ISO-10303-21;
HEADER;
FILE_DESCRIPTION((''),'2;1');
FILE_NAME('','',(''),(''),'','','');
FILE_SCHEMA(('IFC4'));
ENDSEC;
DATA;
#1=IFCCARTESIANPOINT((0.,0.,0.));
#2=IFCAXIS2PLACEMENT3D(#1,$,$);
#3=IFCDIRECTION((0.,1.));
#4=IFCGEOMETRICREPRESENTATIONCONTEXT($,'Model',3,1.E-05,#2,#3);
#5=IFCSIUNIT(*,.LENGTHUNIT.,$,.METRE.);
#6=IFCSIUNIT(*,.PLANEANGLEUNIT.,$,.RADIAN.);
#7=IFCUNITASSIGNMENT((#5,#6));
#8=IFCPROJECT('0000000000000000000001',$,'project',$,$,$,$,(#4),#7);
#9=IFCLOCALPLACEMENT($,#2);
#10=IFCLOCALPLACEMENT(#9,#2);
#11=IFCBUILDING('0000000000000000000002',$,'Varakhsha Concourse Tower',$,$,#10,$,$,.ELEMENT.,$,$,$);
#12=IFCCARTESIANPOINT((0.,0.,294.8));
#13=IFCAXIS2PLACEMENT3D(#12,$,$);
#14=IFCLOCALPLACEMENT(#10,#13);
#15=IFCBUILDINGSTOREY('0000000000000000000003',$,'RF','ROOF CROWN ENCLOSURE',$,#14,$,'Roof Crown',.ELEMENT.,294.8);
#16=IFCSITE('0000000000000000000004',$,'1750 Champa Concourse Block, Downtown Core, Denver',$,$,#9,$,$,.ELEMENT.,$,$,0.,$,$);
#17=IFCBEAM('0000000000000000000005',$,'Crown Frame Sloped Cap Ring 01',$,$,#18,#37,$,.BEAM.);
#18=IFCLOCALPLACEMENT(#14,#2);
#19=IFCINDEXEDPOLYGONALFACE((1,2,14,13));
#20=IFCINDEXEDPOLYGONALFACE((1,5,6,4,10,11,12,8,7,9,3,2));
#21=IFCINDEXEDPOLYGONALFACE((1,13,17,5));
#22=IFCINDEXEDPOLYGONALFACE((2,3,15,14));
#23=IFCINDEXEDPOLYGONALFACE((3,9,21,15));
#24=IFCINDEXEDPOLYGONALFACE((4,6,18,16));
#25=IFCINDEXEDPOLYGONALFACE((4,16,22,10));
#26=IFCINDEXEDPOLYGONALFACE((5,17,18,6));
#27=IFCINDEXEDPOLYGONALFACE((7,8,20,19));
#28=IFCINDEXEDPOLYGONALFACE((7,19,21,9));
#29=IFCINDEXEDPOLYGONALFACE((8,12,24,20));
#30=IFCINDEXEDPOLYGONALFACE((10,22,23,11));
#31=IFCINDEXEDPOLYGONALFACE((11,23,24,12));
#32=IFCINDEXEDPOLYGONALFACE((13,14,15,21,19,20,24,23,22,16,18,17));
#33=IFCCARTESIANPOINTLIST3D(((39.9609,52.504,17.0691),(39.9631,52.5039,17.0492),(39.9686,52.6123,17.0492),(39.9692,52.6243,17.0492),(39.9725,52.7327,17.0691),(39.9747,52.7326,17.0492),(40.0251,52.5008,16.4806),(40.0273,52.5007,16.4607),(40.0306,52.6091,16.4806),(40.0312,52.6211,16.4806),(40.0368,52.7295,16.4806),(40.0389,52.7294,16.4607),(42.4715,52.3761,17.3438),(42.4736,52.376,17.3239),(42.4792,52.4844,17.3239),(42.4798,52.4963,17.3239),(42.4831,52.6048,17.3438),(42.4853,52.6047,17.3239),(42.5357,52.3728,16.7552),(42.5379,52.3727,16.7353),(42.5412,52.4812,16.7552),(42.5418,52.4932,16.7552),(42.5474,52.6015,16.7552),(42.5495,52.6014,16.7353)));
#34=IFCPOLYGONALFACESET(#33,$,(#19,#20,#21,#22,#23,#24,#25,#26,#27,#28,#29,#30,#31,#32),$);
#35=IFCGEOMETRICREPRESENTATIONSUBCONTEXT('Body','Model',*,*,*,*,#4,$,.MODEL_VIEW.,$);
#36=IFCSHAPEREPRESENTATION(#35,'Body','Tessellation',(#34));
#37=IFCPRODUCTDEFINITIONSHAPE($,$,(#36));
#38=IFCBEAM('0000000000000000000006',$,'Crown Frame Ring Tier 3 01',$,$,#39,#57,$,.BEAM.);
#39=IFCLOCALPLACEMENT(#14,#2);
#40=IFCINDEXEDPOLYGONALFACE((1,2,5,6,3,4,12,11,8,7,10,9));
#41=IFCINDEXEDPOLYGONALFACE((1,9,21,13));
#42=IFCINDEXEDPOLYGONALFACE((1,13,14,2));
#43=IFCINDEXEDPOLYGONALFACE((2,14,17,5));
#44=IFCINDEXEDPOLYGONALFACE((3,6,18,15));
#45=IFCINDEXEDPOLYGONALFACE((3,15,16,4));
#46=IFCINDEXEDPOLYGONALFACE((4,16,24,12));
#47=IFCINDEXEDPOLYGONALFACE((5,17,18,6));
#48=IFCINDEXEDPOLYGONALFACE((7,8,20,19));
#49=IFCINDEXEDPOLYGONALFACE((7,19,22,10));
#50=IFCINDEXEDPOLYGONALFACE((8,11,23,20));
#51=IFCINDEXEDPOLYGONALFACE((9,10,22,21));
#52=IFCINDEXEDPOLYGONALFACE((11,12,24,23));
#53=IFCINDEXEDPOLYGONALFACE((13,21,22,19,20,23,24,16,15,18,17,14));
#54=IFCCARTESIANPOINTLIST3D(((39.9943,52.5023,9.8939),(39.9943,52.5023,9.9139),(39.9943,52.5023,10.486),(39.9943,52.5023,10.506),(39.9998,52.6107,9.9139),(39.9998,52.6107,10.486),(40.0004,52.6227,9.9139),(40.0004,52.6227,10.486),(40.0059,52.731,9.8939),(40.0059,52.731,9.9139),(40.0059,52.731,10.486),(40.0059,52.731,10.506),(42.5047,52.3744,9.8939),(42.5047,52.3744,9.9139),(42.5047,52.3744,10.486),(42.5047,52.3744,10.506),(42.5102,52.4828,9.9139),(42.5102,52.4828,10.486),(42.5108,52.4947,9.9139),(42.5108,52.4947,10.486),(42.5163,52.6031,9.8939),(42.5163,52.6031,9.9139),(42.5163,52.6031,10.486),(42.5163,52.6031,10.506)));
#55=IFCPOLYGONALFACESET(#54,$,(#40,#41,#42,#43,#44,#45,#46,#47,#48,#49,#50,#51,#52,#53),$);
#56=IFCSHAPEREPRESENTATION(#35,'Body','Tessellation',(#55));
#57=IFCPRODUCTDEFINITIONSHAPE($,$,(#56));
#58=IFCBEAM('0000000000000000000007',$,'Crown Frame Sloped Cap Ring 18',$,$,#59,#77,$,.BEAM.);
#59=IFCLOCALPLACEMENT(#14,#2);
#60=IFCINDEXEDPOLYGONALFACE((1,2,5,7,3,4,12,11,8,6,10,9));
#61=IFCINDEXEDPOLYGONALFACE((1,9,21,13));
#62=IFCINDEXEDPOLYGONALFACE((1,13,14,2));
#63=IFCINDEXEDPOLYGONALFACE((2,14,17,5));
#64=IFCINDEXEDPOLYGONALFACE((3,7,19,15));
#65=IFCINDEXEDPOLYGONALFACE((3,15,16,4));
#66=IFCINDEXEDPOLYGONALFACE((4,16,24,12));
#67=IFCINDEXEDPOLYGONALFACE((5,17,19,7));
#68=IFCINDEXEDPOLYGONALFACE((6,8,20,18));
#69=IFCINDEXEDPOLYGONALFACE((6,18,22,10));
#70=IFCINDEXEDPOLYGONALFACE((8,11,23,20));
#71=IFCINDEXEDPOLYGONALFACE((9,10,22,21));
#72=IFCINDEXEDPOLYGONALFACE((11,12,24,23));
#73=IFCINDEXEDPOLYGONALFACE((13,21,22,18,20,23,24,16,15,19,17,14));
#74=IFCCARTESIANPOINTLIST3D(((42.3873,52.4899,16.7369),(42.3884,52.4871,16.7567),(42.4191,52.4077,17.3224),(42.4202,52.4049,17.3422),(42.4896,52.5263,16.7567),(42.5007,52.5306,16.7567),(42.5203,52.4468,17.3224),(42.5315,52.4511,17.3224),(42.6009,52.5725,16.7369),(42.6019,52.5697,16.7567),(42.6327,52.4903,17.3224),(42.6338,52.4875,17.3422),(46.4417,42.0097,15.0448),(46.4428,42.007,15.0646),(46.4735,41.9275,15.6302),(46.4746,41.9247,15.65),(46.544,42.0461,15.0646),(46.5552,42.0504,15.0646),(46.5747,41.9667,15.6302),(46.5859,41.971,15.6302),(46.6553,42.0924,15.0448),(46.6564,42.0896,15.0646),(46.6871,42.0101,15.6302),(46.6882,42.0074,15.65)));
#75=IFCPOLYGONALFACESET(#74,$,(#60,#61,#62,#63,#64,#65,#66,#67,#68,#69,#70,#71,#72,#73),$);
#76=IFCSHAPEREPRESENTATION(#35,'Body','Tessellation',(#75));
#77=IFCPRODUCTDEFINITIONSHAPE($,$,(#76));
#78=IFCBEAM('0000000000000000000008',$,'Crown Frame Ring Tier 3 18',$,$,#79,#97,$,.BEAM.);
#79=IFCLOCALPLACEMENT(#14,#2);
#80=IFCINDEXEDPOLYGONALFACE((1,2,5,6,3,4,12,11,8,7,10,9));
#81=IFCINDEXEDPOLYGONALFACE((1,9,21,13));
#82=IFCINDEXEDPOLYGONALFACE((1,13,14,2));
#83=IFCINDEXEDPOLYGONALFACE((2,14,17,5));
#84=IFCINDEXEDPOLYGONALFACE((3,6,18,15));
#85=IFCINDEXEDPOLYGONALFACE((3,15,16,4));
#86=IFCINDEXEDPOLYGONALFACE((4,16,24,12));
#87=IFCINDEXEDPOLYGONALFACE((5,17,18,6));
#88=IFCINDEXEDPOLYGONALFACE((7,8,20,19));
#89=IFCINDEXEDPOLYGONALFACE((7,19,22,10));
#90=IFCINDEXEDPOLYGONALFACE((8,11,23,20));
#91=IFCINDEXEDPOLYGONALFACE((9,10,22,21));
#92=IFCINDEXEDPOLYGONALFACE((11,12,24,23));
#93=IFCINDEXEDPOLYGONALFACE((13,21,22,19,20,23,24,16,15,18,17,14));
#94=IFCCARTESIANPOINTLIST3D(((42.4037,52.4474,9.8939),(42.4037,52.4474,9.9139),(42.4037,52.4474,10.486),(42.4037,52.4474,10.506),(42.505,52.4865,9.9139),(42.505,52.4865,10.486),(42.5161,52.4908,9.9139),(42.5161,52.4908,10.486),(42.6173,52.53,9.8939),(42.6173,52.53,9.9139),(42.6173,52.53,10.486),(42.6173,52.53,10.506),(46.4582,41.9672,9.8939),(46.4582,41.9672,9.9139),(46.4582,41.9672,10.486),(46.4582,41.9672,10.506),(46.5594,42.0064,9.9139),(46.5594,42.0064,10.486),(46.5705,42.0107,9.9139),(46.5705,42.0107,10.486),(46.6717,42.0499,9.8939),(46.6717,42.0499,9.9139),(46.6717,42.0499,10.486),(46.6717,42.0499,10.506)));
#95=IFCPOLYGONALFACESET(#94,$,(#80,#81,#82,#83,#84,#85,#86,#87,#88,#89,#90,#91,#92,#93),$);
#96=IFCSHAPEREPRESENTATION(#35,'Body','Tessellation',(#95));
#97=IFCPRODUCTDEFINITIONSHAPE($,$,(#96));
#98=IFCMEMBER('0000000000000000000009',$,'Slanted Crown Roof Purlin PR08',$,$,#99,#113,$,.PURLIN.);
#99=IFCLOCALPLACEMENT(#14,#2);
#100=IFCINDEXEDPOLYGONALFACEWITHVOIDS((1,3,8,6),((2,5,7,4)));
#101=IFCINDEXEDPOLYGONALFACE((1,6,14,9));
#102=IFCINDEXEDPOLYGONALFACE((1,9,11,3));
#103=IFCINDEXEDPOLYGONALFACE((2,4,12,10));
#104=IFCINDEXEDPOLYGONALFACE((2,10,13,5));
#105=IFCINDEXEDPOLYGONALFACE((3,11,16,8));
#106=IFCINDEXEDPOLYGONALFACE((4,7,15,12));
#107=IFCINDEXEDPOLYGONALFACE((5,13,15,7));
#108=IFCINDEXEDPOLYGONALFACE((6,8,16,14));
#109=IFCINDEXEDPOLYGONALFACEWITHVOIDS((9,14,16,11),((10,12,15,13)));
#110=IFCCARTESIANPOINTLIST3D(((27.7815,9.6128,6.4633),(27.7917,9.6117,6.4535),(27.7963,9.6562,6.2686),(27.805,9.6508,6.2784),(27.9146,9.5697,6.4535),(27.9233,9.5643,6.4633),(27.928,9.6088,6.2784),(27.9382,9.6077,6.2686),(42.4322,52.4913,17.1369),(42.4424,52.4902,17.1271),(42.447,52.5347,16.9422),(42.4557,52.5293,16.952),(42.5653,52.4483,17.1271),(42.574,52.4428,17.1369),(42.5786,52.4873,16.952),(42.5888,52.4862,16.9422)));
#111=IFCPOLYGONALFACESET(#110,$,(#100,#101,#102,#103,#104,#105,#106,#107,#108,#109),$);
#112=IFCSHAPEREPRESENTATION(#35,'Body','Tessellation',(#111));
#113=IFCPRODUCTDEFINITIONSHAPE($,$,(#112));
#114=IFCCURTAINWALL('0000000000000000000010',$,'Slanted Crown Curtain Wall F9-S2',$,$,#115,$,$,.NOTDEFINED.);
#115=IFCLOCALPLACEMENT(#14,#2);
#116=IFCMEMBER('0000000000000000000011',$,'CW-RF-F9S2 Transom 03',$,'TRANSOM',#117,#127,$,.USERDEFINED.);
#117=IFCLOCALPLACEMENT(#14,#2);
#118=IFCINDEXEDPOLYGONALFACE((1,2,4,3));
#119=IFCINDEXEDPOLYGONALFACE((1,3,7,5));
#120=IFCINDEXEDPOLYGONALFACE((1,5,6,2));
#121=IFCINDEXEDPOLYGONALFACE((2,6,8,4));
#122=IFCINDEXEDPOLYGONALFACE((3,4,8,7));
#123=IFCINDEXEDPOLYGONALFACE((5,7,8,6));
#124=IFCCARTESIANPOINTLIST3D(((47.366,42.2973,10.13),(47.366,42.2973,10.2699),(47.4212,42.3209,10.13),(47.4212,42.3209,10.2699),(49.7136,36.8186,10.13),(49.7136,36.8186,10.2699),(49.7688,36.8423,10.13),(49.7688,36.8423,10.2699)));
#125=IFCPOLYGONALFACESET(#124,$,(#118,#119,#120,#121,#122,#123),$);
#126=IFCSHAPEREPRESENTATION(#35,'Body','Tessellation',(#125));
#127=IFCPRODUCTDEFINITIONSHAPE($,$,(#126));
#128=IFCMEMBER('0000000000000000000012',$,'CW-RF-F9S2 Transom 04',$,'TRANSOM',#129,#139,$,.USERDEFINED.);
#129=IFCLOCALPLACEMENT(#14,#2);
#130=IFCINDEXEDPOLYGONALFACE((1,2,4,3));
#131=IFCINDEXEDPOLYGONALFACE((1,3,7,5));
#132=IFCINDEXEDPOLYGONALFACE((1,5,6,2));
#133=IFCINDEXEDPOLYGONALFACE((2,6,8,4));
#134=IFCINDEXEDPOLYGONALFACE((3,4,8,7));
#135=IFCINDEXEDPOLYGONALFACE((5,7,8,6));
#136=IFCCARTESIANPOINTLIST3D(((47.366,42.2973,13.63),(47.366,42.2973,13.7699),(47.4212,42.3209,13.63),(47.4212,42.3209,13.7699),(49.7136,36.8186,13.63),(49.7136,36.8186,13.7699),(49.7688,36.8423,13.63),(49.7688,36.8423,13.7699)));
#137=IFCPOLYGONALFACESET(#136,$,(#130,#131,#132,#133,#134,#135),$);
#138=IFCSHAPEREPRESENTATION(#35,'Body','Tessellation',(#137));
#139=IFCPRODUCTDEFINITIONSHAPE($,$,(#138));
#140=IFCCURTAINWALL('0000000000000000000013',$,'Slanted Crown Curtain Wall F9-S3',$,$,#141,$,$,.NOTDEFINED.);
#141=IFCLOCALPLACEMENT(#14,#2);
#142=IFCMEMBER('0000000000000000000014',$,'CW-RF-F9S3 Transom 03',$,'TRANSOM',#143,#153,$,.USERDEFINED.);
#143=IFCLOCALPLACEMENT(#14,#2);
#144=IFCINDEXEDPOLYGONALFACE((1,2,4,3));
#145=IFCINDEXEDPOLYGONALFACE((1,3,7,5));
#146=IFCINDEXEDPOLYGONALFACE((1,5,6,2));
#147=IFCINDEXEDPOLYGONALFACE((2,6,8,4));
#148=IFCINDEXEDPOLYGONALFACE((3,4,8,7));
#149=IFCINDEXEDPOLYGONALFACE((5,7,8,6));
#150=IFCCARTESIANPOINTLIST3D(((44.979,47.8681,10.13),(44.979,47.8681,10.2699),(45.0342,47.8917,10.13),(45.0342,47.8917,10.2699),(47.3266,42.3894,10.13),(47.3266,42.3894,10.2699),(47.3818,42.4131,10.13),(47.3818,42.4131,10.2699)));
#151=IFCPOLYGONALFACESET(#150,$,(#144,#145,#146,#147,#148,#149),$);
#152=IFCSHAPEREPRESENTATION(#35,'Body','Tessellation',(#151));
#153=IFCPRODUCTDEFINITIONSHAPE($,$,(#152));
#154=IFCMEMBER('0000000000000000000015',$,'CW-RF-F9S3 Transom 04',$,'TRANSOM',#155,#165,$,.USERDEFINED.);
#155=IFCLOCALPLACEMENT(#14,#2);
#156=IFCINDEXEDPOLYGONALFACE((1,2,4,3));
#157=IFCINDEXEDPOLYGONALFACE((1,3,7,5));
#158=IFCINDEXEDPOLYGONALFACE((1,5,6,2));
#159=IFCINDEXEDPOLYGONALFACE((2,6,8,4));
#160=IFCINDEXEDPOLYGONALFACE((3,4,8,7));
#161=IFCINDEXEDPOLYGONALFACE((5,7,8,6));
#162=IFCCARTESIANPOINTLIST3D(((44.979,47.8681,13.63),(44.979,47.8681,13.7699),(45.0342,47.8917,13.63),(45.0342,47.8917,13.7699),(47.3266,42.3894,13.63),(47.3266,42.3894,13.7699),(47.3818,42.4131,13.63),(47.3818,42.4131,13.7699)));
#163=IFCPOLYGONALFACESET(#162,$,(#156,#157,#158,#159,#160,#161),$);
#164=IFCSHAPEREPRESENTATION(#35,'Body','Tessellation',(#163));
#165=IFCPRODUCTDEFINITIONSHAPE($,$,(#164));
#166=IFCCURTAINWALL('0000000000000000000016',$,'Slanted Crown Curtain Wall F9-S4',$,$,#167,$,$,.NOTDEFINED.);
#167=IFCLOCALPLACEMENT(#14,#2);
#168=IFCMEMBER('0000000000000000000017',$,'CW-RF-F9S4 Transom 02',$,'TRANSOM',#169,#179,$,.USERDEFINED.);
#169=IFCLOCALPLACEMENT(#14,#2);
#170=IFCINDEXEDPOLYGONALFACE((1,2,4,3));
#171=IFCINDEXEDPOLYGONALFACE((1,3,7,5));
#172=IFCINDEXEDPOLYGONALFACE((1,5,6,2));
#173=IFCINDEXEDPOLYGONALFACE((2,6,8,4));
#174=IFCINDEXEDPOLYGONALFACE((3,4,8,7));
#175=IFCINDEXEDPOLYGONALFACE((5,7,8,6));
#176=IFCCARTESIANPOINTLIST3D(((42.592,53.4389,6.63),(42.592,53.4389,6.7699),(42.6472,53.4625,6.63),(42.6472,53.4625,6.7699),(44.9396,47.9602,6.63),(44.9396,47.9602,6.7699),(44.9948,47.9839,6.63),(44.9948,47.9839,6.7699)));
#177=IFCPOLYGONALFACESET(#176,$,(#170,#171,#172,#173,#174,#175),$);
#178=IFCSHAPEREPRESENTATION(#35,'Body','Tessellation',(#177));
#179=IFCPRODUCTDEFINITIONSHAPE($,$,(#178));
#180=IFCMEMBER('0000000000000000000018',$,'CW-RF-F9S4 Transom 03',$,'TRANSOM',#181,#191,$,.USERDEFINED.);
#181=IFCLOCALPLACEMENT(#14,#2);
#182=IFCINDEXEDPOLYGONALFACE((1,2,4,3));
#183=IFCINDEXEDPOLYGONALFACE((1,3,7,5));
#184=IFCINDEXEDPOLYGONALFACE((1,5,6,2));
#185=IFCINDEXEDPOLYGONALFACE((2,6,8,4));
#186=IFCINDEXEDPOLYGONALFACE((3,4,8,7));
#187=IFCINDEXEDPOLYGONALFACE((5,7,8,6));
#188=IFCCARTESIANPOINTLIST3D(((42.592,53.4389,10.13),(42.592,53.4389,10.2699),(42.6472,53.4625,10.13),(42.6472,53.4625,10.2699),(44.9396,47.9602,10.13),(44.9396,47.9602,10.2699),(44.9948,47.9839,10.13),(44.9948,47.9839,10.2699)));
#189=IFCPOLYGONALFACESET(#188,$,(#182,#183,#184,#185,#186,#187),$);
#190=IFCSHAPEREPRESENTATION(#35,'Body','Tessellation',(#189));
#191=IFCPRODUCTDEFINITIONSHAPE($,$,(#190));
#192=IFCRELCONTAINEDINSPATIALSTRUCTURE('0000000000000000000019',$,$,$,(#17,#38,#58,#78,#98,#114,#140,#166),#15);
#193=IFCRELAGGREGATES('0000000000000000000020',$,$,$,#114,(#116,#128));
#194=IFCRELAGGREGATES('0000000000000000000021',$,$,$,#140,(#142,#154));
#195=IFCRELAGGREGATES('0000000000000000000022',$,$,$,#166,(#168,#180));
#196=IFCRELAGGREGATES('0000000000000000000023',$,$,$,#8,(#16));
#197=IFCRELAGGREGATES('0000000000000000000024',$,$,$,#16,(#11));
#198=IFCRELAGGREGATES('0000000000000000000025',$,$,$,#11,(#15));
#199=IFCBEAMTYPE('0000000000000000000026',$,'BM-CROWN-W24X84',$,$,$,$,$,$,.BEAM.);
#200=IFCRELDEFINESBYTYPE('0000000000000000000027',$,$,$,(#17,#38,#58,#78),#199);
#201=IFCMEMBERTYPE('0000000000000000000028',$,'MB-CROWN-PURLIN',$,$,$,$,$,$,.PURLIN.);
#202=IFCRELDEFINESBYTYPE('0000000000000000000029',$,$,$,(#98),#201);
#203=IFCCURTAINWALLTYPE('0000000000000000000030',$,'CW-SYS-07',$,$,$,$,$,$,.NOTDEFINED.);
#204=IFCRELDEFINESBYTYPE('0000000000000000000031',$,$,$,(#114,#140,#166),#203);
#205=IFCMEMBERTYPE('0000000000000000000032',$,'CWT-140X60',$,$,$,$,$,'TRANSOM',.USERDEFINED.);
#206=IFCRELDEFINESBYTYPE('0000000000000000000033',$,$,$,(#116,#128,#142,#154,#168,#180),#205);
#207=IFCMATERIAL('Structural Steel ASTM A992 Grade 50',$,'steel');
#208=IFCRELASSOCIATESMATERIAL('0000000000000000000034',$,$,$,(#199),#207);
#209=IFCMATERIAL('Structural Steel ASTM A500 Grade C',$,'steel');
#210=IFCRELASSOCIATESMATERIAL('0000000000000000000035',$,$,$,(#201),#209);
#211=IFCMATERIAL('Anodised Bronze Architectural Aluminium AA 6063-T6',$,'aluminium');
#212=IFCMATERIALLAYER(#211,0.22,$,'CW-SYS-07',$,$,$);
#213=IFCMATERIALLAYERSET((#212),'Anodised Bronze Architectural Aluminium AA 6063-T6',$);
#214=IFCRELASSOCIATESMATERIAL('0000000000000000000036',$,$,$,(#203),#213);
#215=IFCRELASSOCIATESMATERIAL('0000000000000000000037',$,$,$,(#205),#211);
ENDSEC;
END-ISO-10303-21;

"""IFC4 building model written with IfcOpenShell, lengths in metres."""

from ifc_helpers import new_model, si_unit, direction, frame, origin, origin_2d, place, context, subcontext, project, spatial, rectangle, hollow_rectangle, i_section, extrude, source, transform, mapped, material, layer, layer_set, material_profile, profile_set, type_object, type_shapes, element, aggregate, save


model = new_model("IFC4")

# Units and contexts
model_context = context("Model", 3, precision=1e-05, world=origin(), true_north=direction((0.0, 1.0)))
body_context = subcontext(model_context, "Body", "Model", "MODEL_VIEW")
ifc_project = project(units=[si_unit("LENGTHUNIT", "METRE"), si_unit("PLANEANGLEUNIT", "RADIAN")], contexts=[model_context])

# Site, building, storey
site_placement = place(None, origin())
site = spatial("IfcSite", under=ifc_project, at=site_placement, Name="1750 Champa Concourse Block, Downtown Core, Denver", CompositionType="ELEMENT", RefElevation=0.0)
building_placement = place(site_placement, origin())
building = spatial("IfcBuilding", under=site, at=building_placement, Name="Varakhsha Concourse Tower", CompositionType="ELEMENT")
storey_placement = place(building_placement, frame((0.0, 0.0, 294.8)))
storey = spatial("IfcBuildingStorey", under=building, at=storey_placement, Name="RF", Description="ROOF CROWN ENCLOSURE", LongName="Roof Crown", CompositionType="ELEMENT", Elevation=294.8)

# Beams
ifc_material_1 = material(Name="Structural Steel ASTM A992 Grade 50", Category="steel")
ifc_material_profile_1 = material_profile(ifc_material_1, i_section(OverallWidth=0.229, OverallDepth=0.6121, WebThickness=0.012, FlangeThickness=0.02, at=origin_2d()), Name="W24X84")
ifc_profile_set_1 = profile_set([ifc_material_profile_1], Name="Structural Steel ASTM A992 Grade 50")
beam_type = type_object("IfcBeamType", Name="BM-CROWN-W24X84", PredefinedType="BEAM", material=ifc_profile_set_1)
beam_1_placement = place(storey_placement, frame((42.5105, 52.4888, 17.0396), z_axis=(-0.992796, 0.050591, -0.108616), x_axis=(-0.050892, -0.998704, 0.0)))
element("IfcBeam", 1, at=beam_1_placement, inside=storey, type_object=beam_type, Name="Crown Frame Sloped Cap Ring 01", PredefinedType="BEAM", context=body_context, shape_type="SweptSolid", body=[
    extrude(i_section(OverallWidth=0.229, OverallDepth=0.6121, WebThickness=0.012, FlangeThickness=0.02, at=origin_2d()), origin(), (0.0, 0.0, 1.0), 2.5288),
])
beam_2_placement = place(storey_placement, frame((42.5105, 52.4888, 10.2), z_axis=(-0.998704, 0.050892, 0.0), x_axis=(-0.050892, -0.998704, 0.0)))
element("IfcBeam", 2, at=beam_2_placement, inside=storey, type_object=beam_type, Name="Crown Frame Ring Tier 3 01", PredefinedType="BEAM", context=body_context, shape_type="SweptSolid", body=[
    extrude(i_section(OverallWidth=0.229, OverallDepth=0.6121, WebThickness=0.012, FlangeThickness=0.02, at=origin_2d()), origin(), (0.0, 0.0, 1.0), 2.5137),
])
beam_3_placement = place(storey_placement, frame((46.5649, 42.0085, 15.3474), z_axis=(-0.356784, 0.922243, 0.148905), x_axis=(-0.932641, -0.360807, 0.0)))
element("IfcBeam", 3, at=beam_3_placement, inside=storey, type_object=beam_type, Name="Crown Frame Sloped Cap Ring 18", PredefinedType="BEAM", context=body_context, shape_type="SweptSolid", body=[
    extrude(i_section(OverallWidth=0.229, OverallDepth=0.6121, WebThickness=0.012, FlangeThickness=0.02, at=origin_2d()), origin(), (0.0, 0.0, 1.0), 11.3638),
])
beam_4_placement = place(storey_placement, frame((46.5649, 42.0085, 10.2), z_axis=(-0.360807, 0.932641, 0.0), x_axis=(-0.932641, -0.360807, 0.0)))
element("IfcBeam", 4, at=beam_4_placement, inside=storey, type_object=beam_type, Name="Crown Frame Ring Tier 3 18", PredefinedType="BEAM", context=body_context, shape_type="SweptSolid", body=[
    extrude(i_section(OverallWidth=0.229, OverallDepth=0.6121, WebThickness=0.012, FlangeThickness=0.02, at=origin_2d()), origin(), (0.0, 0.0, 1.0), 11.2371),
])

# Member
ifc_material_2 = material(Name="Structural Steel ASTM A500 Grade C", Category="steel")
ifc_material_profile_2 = material_profile(ifc_material_2, hollow_rectangle(XDim=0.1499, YDim=0.2, WallThickness=0.01, at=origin_2d()), Name="HSS 200x150x10")
ifc_profile_set_2 = profile_set([ifc_material_profile_2], Name="Structural Steel ASTM A500 Grade C")
member_type_1 = type_object("IfcMemberType", Name="MB-CROWN-PURLIN", PredefinedType="PURLIN", material=ifc_profile_set_2)
shared_shape_1 = source(origin(), body_context, "Body", "SweptSolid", [
    extrude(hollow_rectangle(XDim=0.1499, YDim=0.2, WallThickness=0.01, at=origin_2d()), origin(), (0.0, 0.0, 1.0), 46.5525),
])
type_shapes(member_type_1, [shared_shape_1])
member_1_placement = place(storey_placement, frame((42.5105, 52.4888, 17.0396), z_axis=(-0.314713, -0.921079, -0.229281), x_axis=(0.946288, -0.323326, 0.0)))
element("IfcMember", 5, at=member_1_placement, inside=storey, type_object=member_type_1, Name="Slanted Crown Roof Purlin PR08", PredefinedType="PURLIN", context=body_context, shape_type="MappedRepresentation", body=[
    mapped(shared_shape_1, transform((0.0, 0.0, 0.0), scale=1.0)),
])

# Curtain walls, members
ifc_material_3 = material(Name="Anodised Bronze Architectural Aluminium AA 6063-T6", Category="aluminium")
ifc_layer_1 = layer(ifc_material_3, 0.22, Name="CW-SYS-07")
ifc_layer_set_1 = layer_set([ifc_layer_1], Name="Anodised Bronze Architectural Aluminium AA 6063-T6")
curtain_wall_type = type_object("IfcCurtainWallType", Name="CW-SYS-07", PredefinedType="NOTDEFINED", material=ifc_layer_set_1)
curtain_wall_1_placement = place(storey_placement, origin())
curtain_wall_1 = element("IfcCurtainWall", 6, at=curtain_wall_1_placement, inside=storey, type_object=curtain_wall_type, Name="Slanted Crown Curtain Wall F9-S2", PredefinedType="NOTDEFINED")
ifc_material_profile_3 = material_profile(ifc_material_3, rectangle(XDim=0.0601, YDim=0.1399, at=origin_2d()), Name="CWT-140X60")
ifc_profile_set_3 = profile_set([ifc_material_profile_3], Name="Anodised Bronze Architectural Aluminium AA 6063-T6")
member_type_2 = type_object("IfcMemberType", Name="CWT-140X60", ElementType="TRANSOM", PredefinedType="USERDEFINED", material=ifc_profile_set_3)
shared_shape_2 = source(origin(), body_context, "Body", "SweptSolid", [
    extrude(rectangle(XDim=0.0601, YDim=0.1399, at=origin_2d()), origin(), (0.0, 0.0, 1.0), 5.9604),
])
type_shapes(member_type_2, [shared_shape_2])
member_2_placement = place(storey_placement, frame((47.3936, 42.3091, 10.2), z_axis=(0.393865, -0.919168, 0.0), x_axis=(0.919168, 0.393865, 0.0)))
member_2 = element("IfcMember", 7, at=member_2_placement, type_object=member_type_2, Name="CW-RF-F9S2 Transom 03", ObjectType="TRANSOM", PredefinedType="USERDEFINED", context=body_context, shape_type="MappedRepresentation", body=[
    mapped(shared_shape_2, transform((0.0, 0.0, 0.0), scale=1.0)),
])
member_3_placement = place(storey_placement, frame((47.3936, 42.3091, 13.7), z_axis=(0.393865, -0.919168, 0.0), x_axis=(0.919168, 0.393865, 0.0)))
member_3 = element("IfcMember", 8, at=member_3_placement, type_object=member_type_2, Name="CW-RF-F9S2 Transom 04", ObjectType="TRANSOM", PredefinedType="USERDEFINED", context=body_context, shape_type="MappedRepresentation", body=[
    mapped(shared_shape_2, transform((0.0, 0.0, 0.0), scale=1.0)),
])
aggregate(curtain_wall_1, [member_2, member_3])
curtain_wall_2_placement = place(storey_placement, origin())
curtain_wall_2 = element("IfcCurtainWall", 9, at=curtain_wall_2_placement, inside=storey, type_object=curtain_wall_type, Name="Slanted Crown Curtain Wall F9-S3", PredefinedType="NOTDEFINED")
member_4_placement = place(storey_placement, frame((45.0066, 47.8799, 10.2), z_axis=(0.393865, -0.919168, 0.0), x_axis=(0.919168, 0.393865, 0.0)))
member_4 = element("IfcMember", 10, at=member_4_placement, type_object=member_type_2, Name="CW-RF-F9S3 Transom 03", ObjectType="TRANSOM", PredefinedType="USERDEFINED", context=body_context, shape_type="MappedRepresentation", body=[
    mapped(shared_shape_2, transform((0.0, 0.0, 0.0), scale=1.0)),
])
member_5_placement = place(storey_placement, frame((45.0066, 47.8799, 13.7), z_axis=(0.393865, -0.919168, 0.0), x_axis=(0.919168, 0.393865, 0.0)))
member_5 = element("IfcMember", 11, at=member_5_placement, type_object=member_type_2, Name="CW-RF-F9S3 Transom 04", ObjectType="TRANSOM", PredefinedType="USERDEFINED", context=body_context, shape_type="MappedRepresentation", body=[
    mapped(shared_shape_2, transform((0.0, 0.0, 0.0), scale=1.0)),
])
curtain_wall_3_placement = place(storey_placement, origin())
curtain_wall_3 = element("IfcCurtainWall", 12, at=curtain_wall_3_placement, inside=storey, type_object=curtain_wall_type, Name="Slanted Crown Curtain Wall F9-S4", PredefinedType="NOTDEFINED")
member_6_placement = place(storey_placement, frame((42.6196, 53.4507, 6.7), z_axis=(0.393865, -0.919168, 0.0), x_axis=(0.919168, 0.393865, 0.0)))
member_6 = element("IfcMember", 13, at=member_6_placement, type_object=member_type_2, Name="CW-RF-F9S4 Transom 02", ObjectType="TRANSOM", PredefinedType="USERDEFINED", context=body_context, shape_type="MappedRepresentation", body=[
    mapped(shared_shape_2, transform((0.0, 0.0, 0.0), scale=1.0)),
])
member_7_placement = place(storey_placement, frame((42.6196, 53.4507, 10.2), z_axis=(0.393865, -0.919168, 0.0), x_axis=(0.919168, 0.393865, 0.0)))
member_7 = element("IfcMember", 14, at=member_7_placement, type_object=member_type_2, Name="CW-RF-F9S4 Transom 03", ObjectType="TRANSOM", PredefinedType="USERDEFINED", context=body_context, shape_type="MappedRepresentation", body=[
    mapped(shared_shape_2, transform((0.0, 0.0, 0.0), scale=1.0)),
])

aggregate(curtain_wall_2, [member_4, member_5])
aggregate(curtain_wall_3, [member_6, member_7])

save(model, "model.ifc")
